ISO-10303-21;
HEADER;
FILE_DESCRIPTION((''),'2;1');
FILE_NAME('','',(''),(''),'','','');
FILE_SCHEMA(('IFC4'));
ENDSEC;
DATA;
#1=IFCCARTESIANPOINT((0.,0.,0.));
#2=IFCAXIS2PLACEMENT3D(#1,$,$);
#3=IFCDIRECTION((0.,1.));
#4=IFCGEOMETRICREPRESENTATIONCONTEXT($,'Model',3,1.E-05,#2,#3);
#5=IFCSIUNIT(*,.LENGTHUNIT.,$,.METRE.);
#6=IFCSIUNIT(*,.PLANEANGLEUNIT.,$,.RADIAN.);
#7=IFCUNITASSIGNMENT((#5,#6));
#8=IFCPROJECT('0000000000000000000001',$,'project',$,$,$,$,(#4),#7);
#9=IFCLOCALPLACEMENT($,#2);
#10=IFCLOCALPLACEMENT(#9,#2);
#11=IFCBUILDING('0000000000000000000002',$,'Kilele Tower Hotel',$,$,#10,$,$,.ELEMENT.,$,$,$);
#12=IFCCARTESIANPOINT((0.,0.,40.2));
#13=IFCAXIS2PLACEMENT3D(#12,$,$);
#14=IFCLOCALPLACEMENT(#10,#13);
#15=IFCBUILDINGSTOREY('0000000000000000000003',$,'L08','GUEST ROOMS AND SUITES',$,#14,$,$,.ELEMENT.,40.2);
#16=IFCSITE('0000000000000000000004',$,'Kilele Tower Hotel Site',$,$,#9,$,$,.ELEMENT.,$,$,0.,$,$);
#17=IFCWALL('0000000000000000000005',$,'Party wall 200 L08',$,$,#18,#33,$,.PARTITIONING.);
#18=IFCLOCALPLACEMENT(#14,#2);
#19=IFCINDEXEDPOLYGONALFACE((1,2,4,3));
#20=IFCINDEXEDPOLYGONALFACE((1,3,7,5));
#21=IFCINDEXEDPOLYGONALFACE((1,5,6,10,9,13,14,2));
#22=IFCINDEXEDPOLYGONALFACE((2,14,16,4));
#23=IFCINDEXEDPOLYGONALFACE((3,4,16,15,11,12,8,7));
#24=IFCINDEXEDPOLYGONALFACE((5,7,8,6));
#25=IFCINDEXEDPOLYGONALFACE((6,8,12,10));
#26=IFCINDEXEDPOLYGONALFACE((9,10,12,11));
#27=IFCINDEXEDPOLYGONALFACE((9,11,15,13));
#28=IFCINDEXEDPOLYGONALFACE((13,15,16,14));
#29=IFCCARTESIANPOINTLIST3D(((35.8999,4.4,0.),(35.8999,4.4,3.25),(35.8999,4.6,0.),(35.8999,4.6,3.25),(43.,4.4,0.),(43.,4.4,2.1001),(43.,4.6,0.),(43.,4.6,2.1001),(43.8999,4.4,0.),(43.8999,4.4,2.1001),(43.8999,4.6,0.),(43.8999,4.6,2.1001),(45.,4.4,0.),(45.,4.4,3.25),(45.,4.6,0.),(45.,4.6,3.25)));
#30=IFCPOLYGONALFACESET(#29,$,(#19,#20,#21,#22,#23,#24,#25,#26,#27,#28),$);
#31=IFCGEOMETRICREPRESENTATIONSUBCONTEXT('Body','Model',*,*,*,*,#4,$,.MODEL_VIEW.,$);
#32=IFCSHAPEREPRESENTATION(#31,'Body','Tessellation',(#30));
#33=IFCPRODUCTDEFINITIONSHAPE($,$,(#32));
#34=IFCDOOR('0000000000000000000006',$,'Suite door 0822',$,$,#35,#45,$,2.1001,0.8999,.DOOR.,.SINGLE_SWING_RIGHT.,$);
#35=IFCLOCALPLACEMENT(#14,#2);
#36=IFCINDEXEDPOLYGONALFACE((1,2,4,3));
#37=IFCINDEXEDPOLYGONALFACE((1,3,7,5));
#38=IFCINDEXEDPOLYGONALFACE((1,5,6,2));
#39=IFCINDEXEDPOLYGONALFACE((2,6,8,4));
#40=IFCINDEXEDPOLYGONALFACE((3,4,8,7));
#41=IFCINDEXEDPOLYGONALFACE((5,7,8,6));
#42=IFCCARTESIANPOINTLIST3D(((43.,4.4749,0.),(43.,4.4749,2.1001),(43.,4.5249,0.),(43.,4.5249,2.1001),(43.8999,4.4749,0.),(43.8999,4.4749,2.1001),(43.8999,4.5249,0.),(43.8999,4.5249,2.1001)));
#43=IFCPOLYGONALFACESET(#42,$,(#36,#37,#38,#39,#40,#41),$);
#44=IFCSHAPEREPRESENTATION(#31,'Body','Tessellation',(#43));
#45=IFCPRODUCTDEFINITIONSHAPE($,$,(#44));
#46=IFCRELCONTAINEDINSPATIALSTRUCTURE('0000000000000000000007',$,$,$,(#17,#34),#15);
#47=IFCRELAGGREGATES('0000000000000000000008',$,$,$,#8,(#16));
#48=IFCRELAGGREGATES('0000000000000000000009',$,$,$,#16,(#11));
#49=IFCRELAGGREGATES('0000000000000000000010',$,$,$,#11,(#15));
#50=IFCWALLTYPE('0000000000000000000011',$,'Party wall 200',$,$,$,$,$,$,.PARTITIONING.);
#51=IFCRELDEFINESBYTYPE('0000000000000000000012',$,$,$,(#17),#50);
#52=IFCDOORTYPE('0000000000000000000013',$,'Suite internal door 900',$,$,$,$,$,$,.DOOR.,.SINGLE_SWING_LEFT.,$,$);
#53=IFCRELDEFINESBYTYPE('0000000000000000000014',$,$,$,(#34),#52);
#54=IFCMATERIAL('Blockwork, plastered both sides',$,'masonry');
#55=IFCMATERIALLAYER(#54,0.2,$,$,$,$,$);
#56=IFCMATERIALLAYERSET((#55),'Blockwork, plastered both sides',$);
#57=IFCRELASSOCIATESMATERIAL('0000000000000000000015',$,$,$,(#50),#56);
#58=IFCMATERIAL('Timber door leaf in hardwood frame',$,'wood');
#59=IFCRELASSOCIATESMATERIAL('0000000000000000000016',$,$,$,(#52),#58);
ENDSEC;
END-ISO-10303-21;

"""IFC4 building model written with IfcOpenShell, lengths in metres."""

from ifc_helpers import new_model, si_unit, direction, frame, frame_2d, origin, place, context, subcontext, project, spatial, rectangle, extrude, material, layer, layer_set, type_object, element, fill, save


model = new_model("IFC4")

# Units and contexts
model_context = context("Model", 3, precision=1e-05, world=origin(), true_north=direction((0.0, 1.0)))
body_context = subcontext(model_context, "Body", "Model", "MODEL_VIEW")
ifc_project = project(units=[si_unit("LENGTHUNIT", "METRE"), si_unit("PLANEANGLEUNIT", "RADIAN")], contexts=[model_context])

# Site, building, storey
site_placement = place(None, origin())
site = spatial("IfcSite", under=ifc_project, at=site_placement, Name="Kilele Tower Hotel Site", CompositionType="ELEMENT", RefElevation=0.0)
building_placement = place(site_placement, origin())
building = spatial("IfcBuilding", under=site, at=building_placement, Name="Kilele Tower Hotel", CompositionType="ELEMENT")
storey_placement = place(building_placement, frame((0.0, 0.0, 40.2)))
storey = spatial("IfcBuildingStorey", under=building, at=storey_placement, Name="L08", Description="GUEST ROOMS AND SUITES", CompositionType="ELEMENT", Elevation=40.2)

# Wall, opening, door
ifc_material_1 = material(Name="Blockwork, plastered both sides", Category="masonry")
ifc_layer_1 = layer(ifc_material_1, 0.2)
ifc_layer_set_1 = layer_set([ifc_layer_1], Name="Blockwork, plastered both sides")
wall_type_1 = type_object("IfcWallType", Name="Party wall 200", PredefinedType="PARTITIONING", material=ifc_layer_set_1)
wall_1_placement = place(storey_placement, frame((35.8999, 4.5, 0.0), z_axis=(0.0, 0.0, 1.0), x_axis=(1.0, 0.0, 0.0)))
wall_1 = element("IfcWall", 1, at=wall_1_placement, inside=storey, type_object=wall_type_1, Name="Party wall 200 L08", PredefinedType="PARTITIONING", context=body_context, shape_type="SweptSolid", body=[
    extrude(rectangle(XDim=9.1001, YDim=0.2, at=frame_2d((4.55, 0.0))), origin(), (0.0, 0.0, 1.0), 3.25),
])
opening_1_placement = place(wall_1_placement, frame((7.1001, 0.0, 0.0)))
opening_1 = element("IfcOpeningElement", 2, at=opening_1_placement, cuts=wall_1, PredefinedType="OPENING", context=body_context, shape_type="SweptSolid", body=[
    extrude(rectangle(XDim=0.8999, YDim=2.1001, at=frame_2d((0.45, 1.05))), frame((0.0, 0.1099, 0.0), z_axis=(0.0, -1.0, 0.0), x_axis=(1.0, 0.0, 0.0)), (0.0, 0.0, 1.0), 0.22),
])
ifc_material_2 = material(Name="Timber door leaf in hardwood frame", Category="wood")
door_type_1 = type_object("IfcDoorType", Name="Suite internal door 900", OperationType="SINGLE_SWING_LEFT", PredefinedType="DOOR", material=ifc_material_2)
door_1_placement = place(opening_1_placement, origin())
door_1 = element("IfcDoor", 3, at=door_1_placement, inside=storey, type_object=door_type_1, Name="Suite door 0822", OperationType="SINGLE_SWING_RIGHT", OverallHeight=2.1001, OverallWidth=0.8999, PredefinedType="DOOR", context=body_context, shape_type="SweptSolid", body=[
    extrude(rectangle(XDim=0.8999, YDim=2.1001, at=frame_2d((0.45, 1.05))), frame((0.0, 0.0249, 0.0), z_axis=(0.0, -1.0, 0.0), x_axis=(1.0, 0.0, 0.0)), (0.0, 0.0, 1.0), 0.05),
])
fill(opening_1, door_1)

save(model, "model.ifc")
